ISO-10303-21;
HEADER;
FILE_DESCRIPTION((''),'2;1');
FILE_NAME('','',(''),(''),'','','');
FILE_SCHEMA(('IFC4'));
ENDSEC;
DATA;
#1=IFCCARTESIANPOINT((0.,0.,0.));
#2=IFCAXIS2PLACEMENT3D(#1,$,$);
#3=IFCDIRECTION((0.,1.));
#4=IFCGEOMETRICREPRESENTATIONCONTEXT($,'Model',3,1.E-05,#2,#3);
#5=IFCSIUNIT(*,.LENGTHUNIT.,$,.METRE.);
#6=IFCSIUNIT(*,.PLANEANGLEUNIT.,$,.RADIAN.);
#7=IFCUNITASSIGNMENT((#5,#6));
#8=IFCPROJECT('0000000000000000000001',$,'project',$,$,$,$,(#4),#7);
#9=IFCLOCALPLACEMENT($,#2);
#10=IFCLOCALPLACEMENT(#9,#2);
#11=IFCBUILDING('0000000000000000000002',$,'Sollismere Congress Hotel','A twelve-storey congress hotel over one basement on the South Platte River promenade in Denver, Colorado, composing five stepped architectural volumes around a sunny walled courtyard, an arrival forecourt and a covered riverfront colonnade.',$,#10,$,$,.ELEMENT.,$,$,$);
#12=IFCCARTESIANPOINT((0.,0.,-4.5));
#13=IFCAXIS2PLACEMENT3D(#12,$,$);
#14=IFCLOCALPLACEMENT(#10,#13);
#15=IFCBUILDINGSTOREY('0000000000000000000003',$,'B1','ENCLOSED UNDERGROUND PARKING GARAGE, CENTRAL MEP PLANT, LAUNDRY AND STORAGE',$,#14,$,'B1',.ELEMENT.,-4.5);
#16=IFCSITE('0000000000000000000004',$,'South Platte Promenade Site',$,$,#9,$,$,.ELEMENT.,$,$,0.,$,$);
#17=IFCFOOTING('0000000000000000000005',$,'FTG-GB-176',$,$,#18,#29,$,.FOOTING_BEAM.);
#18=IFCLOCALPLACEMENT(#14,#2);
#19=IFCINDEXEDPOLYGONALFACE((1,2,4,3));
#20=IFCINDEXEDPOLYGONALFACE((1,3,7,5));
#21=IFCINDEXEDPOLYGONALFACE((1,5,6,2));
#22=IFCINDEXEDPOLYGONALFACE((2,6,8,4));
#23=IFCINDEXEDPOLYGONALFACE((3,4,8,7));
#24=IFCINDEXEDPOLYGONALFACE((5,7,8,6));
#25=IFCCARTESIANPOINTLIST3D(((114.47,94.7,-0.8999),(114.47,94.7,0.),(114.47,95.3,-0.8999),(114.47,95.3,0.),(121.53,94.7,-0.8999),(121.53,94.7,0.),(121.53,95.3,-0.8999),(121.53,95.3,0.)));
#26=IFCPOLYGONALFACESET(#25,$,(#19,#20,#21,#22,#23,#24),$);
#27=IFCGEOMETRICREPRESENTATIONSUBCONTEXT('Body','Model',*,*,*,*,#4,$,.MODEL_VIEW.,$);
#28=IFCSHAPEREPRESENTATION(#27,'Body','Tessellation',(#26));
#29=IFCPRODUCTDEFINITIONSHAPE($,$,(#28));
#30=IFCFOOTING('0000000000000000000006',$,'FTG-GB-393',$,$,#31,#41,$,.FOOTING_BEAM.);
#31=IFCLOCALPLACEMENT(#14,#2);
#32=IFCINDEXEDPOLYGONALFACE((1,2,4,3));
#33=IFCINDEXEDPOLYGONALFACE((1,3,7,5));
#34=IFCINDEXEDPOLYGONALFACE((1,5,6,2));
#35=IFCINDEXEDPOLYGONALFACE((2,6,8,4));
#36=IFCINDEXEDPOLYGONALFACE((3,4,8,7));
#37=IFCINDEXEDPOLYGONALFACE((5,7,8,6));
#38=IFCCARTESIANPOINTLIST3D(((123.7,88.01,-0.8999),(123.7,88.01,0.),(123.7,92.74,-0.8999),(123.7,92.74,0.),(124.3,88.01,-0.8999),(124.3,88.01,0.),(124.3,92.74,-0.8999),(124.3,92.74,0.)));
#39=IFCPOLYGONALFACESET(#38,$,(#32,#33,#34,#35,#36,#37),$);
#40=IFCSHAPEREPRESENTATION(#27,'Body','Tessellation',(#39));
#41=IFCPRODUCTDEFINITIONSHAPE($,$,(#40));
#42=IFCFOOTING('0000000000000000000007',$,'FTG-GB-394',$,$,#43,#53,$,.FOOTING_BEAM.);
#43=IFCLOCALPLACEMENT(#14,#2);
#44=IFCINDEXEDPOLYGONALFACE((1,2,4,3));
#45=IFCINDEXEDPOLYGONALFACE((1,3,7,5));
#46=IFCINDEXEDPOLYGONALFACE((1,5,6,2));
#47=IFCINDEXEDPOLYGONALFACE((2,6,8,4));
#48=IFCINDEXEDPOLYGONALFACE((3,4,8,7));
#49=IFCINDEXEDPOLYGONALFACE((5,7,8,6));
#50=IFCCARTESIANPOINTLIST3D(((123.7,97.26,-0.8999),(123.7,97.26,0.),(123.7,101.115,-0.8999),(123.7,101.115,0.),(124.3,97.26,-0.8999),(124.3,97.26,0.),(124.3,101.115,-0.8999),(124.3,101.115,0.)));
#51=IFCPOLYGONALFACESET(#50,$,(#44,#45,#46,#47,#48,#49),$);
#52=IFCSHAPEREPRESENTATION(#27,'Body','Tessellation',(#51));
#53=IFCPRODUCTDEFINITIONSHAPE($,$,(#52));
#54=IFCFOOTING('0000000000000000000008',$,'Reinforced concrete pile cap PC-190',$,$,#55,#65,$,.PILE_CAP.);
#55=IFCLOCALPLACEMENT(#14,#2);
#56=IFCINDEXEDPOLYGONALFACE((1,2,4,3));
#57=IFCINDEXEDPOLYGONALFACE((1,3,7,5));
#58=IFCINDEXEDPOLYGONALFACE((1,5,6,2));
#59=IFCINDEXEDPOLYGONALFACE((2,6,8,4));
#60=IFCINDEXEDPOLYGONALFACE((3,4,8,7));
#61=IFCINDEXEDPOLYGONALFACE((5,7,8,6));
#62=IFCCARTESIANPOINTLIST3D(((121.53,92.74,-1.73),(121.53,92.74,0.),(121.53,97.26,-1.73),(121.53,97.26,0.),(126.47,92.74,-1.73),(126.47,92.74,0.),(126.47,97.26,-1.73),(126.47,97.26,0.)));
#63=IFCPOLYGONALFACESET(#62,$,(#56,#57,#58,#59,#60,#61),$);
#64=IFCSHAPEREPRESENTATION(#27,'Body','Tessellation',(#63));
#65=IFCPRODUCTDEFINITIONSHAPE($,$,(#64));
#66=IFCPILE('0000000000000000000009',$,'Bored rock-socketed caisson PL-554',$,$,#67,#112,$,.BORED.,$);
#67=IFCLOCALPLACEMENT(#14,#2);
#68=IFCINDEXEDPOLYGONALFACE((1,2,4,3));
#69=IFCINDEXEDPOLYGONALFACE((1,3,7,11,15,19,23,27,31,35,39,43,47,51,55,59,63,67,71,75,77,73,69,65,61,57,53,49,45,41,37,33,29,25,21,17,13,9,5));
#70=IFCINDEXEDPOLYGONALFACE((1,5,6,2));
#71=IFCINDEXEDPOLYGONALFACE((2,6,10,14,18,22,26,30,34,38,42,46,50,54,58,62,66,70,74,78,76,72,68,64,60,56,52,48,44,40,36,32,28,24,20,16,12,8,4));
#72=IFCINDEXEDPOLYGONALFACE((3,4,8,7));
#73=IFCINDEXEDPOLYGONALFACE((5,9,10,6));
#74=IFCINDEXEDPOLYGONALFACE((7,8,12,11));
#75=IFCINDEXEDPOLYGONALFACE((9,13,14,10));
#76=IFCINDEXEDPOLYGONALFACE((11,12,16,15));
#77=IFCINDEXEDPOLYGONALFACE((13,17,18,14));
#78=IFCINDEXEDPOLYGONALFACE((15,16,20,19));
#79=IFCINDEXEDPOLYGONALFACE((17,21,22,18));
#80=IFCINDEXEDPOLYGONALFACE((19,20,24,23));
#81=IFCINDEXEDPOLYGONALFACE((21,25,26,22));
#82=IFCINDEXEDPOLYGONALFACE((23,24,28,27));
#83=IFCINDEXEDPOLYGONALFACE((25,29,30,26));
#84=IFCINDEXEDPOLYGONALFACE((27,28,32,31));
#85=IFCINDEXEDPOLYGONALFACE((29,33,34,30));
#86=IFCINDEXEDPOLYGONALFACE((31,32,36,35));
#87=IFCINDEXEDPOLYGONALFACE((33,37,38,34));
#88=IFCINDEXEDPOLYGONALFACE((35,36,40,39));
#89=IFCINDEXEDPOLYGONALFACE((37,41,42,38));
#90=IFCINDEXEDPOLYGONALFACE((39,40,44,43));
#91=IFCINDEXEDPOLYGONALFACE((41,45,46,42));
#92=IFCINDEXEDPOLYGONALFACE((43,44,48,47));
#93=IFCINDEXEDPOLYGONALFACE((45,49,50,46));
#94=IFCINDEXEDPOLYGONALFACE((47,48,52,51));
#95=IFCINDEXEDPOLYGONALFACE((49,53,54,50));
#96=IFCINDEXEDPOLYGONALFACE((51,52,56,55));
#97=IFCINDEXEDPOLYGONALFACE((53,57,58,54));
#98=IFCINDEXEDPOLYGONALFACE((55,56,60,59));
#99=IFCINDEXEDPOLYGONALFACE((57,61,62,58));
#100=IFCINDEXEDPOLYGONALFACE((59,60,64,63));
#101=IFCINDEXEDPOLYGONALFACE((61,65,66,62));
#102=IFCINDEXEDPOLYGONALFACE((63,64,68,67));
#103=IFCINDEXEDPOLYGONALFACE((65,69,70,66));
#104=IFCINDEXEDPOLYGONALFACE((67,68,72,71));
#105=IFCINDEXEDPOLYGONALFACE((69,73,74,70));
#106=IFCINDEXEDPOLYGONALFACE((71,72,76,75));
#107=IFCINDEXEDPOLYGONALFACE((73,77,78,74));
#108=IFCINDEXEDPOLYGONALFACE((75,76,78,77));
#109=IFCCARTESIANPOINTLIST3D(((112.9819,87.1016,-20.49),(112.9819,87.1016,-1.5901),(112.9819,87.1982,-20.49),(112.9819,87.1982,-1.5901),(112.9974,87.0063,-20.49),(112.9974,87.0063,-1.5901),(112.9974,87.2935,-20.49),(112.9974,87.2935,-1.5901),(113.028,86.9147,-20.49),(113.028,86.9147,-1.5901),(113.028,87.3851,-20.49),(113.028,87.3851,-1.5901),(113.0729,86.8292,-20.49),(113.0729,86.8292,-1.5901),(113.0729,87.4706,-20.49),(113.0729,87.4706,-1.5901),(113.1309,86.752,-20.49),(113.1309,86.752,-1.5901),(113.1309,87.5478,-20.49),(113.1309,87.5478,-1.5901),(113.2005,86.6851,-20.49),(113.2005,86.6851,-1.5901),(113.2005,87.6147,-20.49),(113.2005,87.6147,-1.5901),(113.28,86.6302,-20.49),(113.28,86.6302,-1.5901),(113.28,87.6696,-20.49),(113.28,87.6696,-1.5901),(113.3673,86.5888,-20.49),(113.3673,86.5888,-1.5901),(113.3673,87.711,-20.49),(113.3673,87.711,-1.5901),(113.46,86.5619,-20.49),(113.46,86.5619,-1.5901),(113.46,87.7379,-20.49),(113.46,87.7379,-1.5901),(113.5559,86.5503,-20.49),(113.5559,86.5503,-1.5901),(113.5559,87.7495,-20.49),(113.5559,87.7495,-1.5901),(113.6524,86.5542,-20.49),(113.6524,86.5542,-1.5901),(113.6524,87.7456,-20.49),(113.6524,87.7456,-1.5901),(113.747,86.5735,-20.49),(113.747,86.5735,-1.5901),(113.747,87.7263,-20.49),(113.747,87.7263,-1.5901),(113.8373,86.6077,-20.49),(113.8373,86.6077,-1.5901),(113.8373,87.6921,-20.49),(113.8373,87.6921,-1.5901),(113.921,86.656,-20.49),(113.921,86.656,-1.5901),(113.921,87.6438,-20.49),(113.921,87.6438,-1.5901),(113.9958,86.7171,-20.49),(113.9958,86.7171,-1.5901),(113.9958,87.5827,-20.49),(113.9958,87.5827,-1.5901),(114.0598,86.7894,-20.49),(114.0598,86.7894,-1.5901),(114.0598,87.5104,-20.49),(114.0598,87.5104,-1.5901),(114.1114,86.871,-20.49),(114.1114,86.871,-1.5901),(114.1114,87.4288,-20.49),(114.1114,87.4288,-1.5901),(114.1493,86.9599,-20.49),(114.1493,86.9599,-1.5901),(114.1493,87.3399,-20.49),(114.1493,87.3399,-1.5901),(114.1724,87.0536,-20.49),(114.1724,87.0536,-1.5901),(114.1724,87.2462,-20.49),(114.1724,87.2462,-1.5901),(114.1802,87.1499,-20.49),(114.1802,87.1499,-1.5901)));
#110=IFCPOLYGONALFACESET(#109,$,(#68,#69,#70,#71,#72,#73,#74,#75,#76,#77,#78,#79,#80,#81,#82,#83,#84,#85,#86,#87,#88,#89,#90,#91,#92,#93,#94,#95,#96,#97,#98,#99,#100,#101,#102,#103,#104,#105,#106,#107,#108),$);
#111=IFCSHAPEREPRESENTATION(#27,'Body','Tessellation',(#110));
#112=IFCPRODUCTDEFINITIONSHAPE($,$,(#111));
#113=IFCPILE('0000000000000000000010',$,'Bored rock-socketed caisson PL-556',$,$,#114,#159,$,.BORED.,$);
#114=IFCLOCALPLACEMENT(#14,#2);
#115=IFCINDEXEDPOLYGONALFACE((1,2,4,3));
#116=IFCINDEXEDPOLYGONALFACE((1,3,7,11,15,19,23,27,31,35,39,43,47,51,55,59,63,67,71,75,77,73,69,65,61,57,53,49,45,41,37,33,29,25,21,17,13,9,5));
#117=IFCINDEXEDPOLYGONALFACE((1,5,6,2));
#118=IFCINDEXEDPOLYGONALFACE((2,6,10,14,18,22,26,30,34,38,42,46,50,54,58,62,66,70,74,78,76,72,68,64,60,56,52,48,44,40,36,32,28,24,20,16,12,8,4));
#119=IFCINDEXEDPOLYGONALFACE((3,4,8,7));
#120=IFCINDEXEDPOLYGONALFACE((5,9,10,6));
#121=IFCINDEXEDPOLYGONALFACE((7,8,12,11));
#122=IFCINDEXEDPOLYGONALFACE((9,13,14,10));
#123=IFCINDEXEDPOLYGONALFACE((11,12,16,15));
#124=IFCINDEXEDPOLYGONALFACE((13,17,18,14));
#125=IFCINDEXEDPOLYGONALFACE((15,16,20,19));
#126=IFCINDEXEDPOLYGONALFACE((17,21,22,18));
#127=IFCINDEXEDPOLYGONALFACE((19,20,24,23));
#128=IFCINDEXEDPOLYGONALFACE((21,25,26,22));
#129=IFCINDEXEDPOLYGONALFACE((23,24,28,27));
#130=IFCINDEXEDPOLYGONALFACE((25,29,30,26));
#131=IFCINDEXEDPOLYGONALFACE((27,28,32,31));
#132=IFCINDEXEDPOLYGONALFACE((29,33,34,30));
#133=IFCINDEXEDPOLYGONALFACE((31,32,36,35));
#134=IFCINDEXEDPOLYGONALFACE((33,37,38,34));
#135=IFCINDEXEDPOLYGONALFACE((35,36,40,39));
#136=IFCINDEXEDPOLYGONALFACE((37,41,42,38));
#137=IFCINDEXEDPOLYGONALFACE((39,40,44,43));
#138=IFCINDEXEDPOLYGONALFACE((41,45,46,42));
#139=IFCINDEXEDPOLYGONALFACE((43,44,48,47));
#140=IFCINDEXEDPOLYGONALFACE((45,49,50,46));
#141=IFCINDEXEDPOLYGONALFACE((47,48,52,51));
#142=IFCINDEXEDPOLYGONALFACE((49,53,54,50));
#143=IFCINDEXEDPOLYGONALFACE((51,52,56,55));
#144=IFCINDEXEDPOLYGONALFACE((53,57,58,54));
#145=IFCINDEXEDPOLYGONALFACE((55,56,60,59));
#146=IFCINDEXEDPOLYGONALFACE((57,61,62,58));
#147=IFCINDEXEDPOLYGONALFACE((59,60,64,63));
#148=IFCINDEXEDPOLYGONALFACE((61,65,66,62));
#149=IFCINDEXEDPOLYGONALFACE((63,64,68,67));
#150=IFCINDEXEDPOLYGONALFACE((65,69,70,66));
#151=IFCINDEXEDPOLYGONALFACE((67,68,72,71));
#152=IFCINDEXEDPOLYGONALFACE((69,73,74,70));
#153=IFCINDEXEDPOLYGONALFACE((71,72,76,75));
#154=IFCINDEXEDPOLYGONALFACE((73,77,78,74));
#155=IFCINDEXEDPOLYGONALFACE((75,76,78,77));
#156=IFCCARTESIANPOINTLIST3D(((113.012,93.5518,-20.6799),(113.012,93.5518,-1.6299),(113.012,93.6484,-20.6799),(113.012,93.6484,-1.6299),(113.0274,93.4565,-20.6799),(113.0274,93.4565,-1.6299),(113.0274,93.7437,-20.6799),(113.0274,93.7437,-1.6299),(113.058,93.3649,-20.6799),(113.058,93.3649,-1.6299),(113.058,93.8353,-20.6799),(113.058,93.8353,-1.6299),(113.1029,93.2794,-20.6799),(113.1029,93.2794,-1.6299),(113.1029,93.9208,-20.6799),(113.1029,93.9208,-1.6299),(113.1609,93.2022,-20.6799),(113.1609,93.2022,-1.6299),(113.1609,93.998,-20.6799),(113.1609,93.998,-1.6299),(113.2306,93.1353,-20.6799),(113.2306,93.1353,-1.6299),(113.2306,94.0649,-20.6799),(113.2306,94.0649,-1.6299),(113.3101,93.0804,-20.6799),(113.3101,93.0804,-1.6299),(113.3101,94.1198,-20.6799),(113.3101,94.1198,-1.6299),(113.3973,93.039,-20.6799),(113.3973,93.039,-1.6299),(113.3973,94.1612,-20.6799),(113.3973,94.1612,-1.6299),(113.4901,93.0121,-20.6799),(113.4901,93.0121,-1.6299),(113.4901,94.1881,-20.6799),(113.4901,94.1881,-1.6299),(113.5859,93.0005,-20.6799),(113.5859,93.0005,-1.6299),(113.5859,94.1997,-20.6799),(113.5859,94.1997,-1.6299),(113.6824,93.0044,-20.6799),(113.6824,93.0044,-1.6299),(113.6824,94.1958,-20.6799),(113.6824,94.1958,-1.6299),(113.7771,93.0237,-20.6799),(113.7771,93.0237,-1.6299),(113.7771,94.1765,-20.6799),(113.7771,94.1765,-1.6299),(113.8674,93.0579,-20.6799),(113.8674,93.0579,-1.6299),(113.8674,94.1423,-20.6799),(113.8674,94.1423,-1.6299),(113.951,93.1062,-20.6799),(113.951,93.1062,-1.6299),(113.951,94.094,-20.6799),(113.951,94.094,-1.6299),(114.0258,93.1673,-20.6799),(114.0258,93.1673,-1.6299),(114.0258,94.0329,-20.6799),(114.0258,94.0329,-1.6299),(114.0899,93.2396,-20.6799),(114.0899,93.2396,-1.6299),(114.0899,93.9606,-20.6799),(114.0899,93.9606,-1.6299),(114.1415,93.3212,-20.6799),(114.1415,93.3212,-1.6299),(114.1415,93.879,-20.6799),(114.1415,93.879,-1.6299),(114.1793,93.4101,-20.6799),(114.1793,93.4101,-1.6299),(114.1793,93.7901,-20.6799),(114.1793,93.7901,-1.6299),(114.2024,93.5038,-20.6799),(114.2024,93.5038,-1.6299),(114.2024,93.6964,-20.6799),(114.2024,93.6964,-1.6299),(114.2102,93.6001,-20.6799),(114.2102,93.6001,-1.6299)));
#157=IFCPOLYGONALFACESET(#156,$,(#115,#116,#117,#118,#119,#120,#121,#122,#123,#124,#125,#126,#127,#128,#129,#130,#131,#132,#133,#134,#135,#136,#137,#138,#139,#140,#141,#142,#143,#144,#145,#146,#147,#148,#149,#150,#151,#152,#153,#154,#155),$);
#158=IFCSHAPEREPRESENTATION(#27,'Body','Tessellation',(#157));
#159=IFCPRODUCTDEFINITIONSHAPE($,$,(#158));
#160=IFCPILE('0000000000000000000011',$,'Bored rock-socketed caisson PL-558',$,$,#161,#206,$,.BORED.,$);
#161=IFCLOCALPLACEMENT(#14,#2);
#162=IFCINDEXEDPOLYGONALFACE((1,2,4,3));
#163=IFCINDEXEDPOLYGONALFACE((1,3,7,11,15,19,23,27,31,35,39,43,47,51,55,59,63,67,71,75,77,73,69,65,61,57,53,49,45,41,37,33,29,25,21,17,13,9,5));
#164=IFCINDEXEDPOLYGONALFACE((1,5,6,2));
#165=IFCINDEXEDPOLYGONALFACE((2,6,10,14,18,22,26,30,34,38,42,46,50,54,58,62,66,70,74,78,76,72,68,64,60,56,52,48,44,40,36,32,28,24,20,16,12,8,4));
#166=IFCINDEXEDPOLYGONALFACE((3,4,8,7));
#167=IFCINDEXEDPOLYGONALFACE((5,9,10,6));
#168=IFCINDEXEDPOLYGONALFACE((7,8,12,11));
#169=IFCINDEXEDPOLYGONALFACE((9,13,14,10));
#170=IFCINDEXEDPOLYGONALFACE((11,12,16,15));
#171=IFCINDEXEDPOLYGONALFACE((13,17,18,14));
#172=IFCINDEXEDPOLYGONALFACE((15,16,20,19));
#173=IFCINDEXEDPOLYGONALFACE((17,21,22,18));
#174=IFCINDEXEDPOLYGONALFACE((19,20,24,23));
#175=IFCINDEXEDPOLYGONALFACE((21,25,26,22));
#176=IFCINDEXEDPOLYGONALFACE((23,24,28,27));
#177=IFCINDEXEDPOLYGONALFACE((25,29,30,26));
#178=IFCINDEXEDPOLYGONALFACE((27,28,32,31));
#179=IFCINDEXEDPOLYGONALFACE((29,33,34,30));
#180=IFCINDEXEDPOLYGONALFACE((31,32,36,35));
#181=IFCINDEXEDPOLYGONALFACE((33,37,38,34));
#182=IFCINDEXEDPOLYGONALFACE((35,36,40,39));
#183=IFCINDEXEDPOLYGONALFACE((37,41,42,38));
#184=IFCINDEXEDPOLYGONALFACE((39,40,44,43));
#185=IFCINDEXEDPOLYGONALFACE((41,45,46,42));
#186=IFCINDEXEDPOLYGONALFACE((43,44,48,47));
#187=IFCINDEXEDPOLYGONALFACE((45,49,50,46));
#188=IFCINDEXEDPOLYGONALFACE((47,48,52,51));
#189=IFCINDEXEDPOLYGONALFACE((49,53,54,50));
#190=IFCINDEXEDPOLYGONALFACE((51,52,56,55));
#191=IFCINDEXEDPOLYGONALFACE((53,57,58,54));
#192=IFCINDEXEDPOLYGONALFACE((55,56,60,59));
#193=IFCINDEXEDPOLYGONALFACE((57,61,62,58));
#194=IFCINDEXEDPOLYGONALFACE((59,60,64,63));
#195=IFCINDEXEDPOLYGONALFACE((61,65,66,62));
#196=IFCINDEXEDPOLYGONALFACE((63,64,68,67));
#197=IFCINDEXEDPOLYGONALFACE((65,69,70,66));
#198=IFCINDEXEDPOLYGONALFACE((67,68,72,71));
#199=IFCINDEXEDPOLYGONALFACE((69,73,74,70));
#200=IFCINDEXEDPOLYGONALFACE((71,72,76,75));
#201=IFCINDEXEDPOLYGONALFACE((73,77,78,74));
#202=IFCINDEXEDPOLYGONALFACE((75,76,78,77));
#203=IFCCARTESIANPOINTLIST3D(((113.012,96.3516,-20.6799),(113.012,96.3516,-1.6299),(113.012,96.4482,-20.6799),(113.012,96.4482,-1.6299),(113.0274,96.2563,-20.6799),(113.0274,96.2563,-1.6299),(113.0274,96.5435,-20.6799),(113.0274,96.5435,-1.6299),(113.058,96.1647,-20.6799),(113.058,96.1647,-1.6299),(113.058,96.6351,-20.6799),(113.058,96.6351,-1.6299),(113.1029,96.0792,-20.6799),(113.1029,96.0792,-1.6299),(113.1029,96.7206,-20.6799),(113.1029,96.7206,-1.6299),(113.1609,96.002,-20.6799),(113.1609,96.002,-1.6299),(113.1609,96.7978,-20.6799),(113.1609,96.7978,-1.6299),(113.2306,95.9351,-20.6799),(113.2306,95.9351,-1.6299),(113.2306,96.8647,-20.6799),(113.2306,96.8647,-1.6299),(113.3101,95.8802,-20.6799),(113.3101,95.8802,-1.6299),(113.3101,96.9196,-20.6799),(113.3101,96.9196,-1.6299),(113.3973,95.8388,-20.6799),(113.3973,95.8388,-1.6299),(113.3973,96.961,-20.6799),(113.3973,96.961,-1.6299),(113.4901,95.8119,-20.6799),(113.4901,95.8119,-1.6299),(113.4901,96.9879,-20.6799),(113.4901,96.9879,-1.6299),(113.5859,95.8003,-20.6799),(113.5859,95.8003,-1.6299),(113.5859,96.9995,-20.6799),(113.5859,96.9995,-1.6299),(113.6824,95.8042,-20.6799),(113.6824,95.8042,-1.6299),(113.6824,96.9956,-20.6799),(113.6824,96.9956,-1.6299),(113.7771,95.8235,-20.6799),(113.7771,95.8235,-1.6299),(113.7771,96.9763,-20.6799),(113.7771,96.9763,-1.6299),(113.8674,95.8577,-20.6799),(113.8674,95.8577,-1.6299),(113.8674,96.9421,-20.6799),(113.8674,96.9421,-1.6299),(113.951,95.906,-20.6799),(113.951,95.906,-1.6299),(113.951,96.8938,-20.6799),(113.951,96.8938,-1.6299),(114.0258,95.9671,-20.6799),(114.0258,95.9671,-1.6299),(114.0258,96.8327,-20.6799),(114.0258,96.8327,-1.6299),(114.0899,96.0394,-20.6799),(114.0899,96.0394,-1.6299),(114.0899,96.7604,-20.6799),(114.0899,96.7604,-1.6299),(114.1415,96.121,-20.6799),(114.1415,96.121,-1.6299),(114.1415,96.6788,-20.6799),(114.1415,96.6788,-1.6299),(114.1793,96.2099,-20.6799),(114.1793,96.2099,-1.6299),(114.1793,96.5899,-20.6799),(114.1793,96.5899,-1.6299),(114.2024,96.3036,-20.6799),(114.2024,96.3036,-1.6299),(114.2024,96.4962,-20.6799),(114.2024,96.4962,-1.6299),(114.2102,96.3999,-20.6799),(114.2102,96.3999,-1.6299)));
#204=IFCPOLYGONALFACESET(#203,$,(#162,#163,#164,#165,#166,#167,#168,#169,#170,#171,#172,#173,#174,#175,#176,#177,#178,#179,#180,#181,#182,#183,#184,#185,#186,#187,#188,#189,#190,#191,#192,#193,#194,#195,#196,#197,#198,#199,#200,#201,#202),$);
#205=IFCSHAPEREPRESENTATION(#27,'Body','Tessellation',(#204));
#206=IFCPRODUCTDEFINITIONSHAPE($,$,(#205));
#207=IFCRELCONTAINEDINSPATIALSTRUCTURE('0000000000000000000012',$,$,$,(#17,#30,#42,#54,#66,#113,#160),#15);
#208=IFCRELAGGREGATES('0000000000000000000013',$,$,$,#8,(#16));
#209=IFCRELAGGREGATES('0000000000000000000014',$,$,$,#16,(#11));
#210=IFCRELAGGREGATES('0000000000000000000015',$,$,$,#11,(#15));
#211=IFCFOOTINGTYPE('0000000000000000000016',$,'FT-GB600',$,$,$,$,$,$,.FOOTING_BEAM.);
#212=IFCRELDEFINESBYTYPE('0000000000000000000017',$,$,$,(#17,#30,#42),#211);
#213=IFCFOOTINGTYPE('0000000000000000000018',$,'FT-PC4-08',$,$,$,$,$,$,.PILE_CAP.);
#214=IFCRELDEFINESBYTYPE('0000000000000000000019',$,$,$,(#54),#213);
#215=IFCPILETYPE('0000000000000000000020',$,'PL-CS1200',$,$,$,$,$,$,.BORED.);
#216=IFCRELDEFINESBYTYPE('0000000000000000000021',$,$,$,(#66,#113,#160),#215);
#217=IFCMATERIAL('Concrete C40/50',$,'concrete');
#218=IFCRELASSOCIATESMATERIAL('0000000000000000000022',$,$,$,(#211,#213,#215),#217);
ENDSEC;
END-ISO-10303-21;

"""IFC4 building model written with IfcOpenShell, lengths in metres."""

from ifc_helpers import new_model, si_unit, direction, frame, origin, origin_2d, place, context, subcontext, project, spatial, rectangle, circle, extrude, material, material_profile, profile_set, type_object, element, save


model = new_model("IFC4")

# Units and contexts
model_context = context("Model", 3, precision=1e-05, world=origin(), true_north=direction((0.0, 1.0)))
body_context = subcontext(model_context, "Body", "Model", "MODEL_VIEW")
ifc_project = project(units=[si_unit("LENGTHUNIT", "METRE"), si_unit("PLANEANGLEUNIT", "RADIAN")], contexts=[model_context])

# Site, building, storey
site_placement = place(None, origin())
site = spatial("IfcSite", under=ifc_project, at=site_placement, Name="South Platte Promenade Site", CompositionType="ELEMENT", RefElevation=0.0)
building_placement = place(site_placement, origin())
building = spatial("IfcBuilding", under=site, at=building_placement, Name="Sollismere Congress Hotel", Description="A twelve-storey congress hotel over one basement on the South Platte River promenade in Denver, Colorado, composing five stepped architectural volumes around a sunny walled courtyard, an arrival forecourt and a covered riverfront colonnade.", CompositionType="ELEMENT")
storey_placement = place(building_placement, frame((0.0, 0.0, -4.5)))
storey = spatial("IfcBuildingStorey", under=building, at=storey_placement, Name="B1", Description="ENCLOSED UNDERGROUND PARKING GARAGE, CENTRAL MEP PLANT, LAUNDRY AND STORAGE", LongName="B1", CompositionType="ELEMENT", Elevation=-4.5)

# Footings
ifc_material_1 = material(Name="Concrete C40/50", Category="concrete")
footing_type_1 = type_object("IfcFootingType", Name="FT-GB600", PredefinedType="FOOTING_BEAM", material=ifc_material_1)
footing_1_placement = place(storey_placement, frame((118.0, 95.0, -0.8999), z_axis=(0.0, 0.0, 1.0), x_axis=(1.0, 0.0, 0.0)))
element("IfcFooting", 1, at=footing_1_placement, inside=storey, type_object=footing_type_1, Name="FTG-GB-176", PredefinedType="FOOTING_BEAM", context=body_context, shape_type="SweptSolid", body=[
    extrude(rectangle(XDim=7.0601, YDim=0.6001, at=origin_2d()), origin(), (0.0, 0.0, 1.0), 0.8999),
])
footing_2_placement = place(storey_placement, frame((124.0, 90.375, -0.8999), z_axis=(0.0, 0.0, 1.0), x_axis=(0.0, 1.0, 0.0)))
element("IfcFooting", 2, at=footing_2_placement, inside=storey, type_object=footing_type_1, Name="FTG-GB-393", PredefinedType="FOOTING_BEAM", context=body_context, shape_type="SweptSolid", body=[
    extrude(rectangle(XDim=4.73, YDim=0.6001, at=origin_2d()), origin(), (0.0, 0.0, 1.0), 0.8999),
])
footing_3_placement = place(storey_placement, frame((124.0, 99.1875, -0.8999), z_axis=(0.0, 0.0, 1.0), x_axis=(0.0, 1.0, 0.0)))
element("IfcFooting", 3, at=footing_3_placement, inside=storey, type_object=footing_type_1, Name="FTG-GB-394", PredefinedType="FOOTING_BEAM", context=body_context, shape_type="SweptSolid", body=[
    extrude(rectangle(XDim=3.855, YDim=0.6001, at=origin_2d()), origin(), (0.0, 0.0, 1.0), 0.8999),
])
footing_type_2 = type_object("IfcFootingType", Name="FT-PC4-08", PredefinedType="PILE_CAP", material=ifc_material_1)
footing_4_placement = place(storey_placement, frame((124.0, 95.0, -1.73), z_axis=(0.0, 0.0, 1.0), x_axis=(1.0, 0.0, 0.0)))
element("IfcFooting", 4, at=footing_4_placement, inside=storey, type_object=footing_type_2, Name="Reinforced concrete pile cap PC-190", PredefinedType="PILE_CAP", context=body_context, shape_type="SweptSolid", body=[
    extrude(rectangle(XDim=4.9399, YDim=4.52, at=origin_2d()), origin(), (0.0, 0.0, 1.0), 1.73),
])

# Piles
ifc_material_profile_1 = material_profile(ifc_material_1, circle(Radius=0.6001, at=origin_2d()), Name="CAISSON1200")
ifc_profile_set_1 = profile_set([ifc_material_profile_1], Name="Concrete C40/50")
pile_type = type_object("IfcPileType", Name="PL-CS1200", PredefinedType="BORED", material=ifc_profile_set_1)
pile_1_placement = place(storey_placement, frame((113.5801, 87.1499, -1.5901), z_axis=(0.0, 0.0, -1.0), x_axis=(1.0, 0.0, 0.0)))
element("IfcPile", 5, at=pile_1_placement, inside=storey, type_object=pile_type, Name="Bored rock-socketed caisson PL-554", PredefinedType="BORED", context=body_context, shape_type="SweptSolid", body=[
    extrude(circle(Radius=0.6001, at=origin_2d()), origin(), (0.0, 0.0, 1.0), 18.8999),
])
for number, where, z_axis, x_axis, name in (
    (6, (113.6101, 93.6001, -1.6299), (0.0, 0.0, -1.0), (1.0, 0.0, 0.0), "Bored rock-socketed caisson PL-556"),
    (7, (113.6101, 96.3999, -1.6299), (0.0, 0.0, -1.0), (1.0, 0.0, 0.0), "Bored rock-socketed caisson PL-558"),
):
    element("IfcPile", number, at=place(storey_placement, frame(where, z_axis=z_axis, x_axis=x_axis)), inside=storey, type_object=pile_type, Name=name, PredefinedType="BORED", context=body_context, shape_type="SweptSolid", body=[
        extrude(circle(Radius=0.6001, at=origin_2d()), origin(), (0.0, 0.0, 1.0), 19.05),
    ])

save(model, "model.ifc")
